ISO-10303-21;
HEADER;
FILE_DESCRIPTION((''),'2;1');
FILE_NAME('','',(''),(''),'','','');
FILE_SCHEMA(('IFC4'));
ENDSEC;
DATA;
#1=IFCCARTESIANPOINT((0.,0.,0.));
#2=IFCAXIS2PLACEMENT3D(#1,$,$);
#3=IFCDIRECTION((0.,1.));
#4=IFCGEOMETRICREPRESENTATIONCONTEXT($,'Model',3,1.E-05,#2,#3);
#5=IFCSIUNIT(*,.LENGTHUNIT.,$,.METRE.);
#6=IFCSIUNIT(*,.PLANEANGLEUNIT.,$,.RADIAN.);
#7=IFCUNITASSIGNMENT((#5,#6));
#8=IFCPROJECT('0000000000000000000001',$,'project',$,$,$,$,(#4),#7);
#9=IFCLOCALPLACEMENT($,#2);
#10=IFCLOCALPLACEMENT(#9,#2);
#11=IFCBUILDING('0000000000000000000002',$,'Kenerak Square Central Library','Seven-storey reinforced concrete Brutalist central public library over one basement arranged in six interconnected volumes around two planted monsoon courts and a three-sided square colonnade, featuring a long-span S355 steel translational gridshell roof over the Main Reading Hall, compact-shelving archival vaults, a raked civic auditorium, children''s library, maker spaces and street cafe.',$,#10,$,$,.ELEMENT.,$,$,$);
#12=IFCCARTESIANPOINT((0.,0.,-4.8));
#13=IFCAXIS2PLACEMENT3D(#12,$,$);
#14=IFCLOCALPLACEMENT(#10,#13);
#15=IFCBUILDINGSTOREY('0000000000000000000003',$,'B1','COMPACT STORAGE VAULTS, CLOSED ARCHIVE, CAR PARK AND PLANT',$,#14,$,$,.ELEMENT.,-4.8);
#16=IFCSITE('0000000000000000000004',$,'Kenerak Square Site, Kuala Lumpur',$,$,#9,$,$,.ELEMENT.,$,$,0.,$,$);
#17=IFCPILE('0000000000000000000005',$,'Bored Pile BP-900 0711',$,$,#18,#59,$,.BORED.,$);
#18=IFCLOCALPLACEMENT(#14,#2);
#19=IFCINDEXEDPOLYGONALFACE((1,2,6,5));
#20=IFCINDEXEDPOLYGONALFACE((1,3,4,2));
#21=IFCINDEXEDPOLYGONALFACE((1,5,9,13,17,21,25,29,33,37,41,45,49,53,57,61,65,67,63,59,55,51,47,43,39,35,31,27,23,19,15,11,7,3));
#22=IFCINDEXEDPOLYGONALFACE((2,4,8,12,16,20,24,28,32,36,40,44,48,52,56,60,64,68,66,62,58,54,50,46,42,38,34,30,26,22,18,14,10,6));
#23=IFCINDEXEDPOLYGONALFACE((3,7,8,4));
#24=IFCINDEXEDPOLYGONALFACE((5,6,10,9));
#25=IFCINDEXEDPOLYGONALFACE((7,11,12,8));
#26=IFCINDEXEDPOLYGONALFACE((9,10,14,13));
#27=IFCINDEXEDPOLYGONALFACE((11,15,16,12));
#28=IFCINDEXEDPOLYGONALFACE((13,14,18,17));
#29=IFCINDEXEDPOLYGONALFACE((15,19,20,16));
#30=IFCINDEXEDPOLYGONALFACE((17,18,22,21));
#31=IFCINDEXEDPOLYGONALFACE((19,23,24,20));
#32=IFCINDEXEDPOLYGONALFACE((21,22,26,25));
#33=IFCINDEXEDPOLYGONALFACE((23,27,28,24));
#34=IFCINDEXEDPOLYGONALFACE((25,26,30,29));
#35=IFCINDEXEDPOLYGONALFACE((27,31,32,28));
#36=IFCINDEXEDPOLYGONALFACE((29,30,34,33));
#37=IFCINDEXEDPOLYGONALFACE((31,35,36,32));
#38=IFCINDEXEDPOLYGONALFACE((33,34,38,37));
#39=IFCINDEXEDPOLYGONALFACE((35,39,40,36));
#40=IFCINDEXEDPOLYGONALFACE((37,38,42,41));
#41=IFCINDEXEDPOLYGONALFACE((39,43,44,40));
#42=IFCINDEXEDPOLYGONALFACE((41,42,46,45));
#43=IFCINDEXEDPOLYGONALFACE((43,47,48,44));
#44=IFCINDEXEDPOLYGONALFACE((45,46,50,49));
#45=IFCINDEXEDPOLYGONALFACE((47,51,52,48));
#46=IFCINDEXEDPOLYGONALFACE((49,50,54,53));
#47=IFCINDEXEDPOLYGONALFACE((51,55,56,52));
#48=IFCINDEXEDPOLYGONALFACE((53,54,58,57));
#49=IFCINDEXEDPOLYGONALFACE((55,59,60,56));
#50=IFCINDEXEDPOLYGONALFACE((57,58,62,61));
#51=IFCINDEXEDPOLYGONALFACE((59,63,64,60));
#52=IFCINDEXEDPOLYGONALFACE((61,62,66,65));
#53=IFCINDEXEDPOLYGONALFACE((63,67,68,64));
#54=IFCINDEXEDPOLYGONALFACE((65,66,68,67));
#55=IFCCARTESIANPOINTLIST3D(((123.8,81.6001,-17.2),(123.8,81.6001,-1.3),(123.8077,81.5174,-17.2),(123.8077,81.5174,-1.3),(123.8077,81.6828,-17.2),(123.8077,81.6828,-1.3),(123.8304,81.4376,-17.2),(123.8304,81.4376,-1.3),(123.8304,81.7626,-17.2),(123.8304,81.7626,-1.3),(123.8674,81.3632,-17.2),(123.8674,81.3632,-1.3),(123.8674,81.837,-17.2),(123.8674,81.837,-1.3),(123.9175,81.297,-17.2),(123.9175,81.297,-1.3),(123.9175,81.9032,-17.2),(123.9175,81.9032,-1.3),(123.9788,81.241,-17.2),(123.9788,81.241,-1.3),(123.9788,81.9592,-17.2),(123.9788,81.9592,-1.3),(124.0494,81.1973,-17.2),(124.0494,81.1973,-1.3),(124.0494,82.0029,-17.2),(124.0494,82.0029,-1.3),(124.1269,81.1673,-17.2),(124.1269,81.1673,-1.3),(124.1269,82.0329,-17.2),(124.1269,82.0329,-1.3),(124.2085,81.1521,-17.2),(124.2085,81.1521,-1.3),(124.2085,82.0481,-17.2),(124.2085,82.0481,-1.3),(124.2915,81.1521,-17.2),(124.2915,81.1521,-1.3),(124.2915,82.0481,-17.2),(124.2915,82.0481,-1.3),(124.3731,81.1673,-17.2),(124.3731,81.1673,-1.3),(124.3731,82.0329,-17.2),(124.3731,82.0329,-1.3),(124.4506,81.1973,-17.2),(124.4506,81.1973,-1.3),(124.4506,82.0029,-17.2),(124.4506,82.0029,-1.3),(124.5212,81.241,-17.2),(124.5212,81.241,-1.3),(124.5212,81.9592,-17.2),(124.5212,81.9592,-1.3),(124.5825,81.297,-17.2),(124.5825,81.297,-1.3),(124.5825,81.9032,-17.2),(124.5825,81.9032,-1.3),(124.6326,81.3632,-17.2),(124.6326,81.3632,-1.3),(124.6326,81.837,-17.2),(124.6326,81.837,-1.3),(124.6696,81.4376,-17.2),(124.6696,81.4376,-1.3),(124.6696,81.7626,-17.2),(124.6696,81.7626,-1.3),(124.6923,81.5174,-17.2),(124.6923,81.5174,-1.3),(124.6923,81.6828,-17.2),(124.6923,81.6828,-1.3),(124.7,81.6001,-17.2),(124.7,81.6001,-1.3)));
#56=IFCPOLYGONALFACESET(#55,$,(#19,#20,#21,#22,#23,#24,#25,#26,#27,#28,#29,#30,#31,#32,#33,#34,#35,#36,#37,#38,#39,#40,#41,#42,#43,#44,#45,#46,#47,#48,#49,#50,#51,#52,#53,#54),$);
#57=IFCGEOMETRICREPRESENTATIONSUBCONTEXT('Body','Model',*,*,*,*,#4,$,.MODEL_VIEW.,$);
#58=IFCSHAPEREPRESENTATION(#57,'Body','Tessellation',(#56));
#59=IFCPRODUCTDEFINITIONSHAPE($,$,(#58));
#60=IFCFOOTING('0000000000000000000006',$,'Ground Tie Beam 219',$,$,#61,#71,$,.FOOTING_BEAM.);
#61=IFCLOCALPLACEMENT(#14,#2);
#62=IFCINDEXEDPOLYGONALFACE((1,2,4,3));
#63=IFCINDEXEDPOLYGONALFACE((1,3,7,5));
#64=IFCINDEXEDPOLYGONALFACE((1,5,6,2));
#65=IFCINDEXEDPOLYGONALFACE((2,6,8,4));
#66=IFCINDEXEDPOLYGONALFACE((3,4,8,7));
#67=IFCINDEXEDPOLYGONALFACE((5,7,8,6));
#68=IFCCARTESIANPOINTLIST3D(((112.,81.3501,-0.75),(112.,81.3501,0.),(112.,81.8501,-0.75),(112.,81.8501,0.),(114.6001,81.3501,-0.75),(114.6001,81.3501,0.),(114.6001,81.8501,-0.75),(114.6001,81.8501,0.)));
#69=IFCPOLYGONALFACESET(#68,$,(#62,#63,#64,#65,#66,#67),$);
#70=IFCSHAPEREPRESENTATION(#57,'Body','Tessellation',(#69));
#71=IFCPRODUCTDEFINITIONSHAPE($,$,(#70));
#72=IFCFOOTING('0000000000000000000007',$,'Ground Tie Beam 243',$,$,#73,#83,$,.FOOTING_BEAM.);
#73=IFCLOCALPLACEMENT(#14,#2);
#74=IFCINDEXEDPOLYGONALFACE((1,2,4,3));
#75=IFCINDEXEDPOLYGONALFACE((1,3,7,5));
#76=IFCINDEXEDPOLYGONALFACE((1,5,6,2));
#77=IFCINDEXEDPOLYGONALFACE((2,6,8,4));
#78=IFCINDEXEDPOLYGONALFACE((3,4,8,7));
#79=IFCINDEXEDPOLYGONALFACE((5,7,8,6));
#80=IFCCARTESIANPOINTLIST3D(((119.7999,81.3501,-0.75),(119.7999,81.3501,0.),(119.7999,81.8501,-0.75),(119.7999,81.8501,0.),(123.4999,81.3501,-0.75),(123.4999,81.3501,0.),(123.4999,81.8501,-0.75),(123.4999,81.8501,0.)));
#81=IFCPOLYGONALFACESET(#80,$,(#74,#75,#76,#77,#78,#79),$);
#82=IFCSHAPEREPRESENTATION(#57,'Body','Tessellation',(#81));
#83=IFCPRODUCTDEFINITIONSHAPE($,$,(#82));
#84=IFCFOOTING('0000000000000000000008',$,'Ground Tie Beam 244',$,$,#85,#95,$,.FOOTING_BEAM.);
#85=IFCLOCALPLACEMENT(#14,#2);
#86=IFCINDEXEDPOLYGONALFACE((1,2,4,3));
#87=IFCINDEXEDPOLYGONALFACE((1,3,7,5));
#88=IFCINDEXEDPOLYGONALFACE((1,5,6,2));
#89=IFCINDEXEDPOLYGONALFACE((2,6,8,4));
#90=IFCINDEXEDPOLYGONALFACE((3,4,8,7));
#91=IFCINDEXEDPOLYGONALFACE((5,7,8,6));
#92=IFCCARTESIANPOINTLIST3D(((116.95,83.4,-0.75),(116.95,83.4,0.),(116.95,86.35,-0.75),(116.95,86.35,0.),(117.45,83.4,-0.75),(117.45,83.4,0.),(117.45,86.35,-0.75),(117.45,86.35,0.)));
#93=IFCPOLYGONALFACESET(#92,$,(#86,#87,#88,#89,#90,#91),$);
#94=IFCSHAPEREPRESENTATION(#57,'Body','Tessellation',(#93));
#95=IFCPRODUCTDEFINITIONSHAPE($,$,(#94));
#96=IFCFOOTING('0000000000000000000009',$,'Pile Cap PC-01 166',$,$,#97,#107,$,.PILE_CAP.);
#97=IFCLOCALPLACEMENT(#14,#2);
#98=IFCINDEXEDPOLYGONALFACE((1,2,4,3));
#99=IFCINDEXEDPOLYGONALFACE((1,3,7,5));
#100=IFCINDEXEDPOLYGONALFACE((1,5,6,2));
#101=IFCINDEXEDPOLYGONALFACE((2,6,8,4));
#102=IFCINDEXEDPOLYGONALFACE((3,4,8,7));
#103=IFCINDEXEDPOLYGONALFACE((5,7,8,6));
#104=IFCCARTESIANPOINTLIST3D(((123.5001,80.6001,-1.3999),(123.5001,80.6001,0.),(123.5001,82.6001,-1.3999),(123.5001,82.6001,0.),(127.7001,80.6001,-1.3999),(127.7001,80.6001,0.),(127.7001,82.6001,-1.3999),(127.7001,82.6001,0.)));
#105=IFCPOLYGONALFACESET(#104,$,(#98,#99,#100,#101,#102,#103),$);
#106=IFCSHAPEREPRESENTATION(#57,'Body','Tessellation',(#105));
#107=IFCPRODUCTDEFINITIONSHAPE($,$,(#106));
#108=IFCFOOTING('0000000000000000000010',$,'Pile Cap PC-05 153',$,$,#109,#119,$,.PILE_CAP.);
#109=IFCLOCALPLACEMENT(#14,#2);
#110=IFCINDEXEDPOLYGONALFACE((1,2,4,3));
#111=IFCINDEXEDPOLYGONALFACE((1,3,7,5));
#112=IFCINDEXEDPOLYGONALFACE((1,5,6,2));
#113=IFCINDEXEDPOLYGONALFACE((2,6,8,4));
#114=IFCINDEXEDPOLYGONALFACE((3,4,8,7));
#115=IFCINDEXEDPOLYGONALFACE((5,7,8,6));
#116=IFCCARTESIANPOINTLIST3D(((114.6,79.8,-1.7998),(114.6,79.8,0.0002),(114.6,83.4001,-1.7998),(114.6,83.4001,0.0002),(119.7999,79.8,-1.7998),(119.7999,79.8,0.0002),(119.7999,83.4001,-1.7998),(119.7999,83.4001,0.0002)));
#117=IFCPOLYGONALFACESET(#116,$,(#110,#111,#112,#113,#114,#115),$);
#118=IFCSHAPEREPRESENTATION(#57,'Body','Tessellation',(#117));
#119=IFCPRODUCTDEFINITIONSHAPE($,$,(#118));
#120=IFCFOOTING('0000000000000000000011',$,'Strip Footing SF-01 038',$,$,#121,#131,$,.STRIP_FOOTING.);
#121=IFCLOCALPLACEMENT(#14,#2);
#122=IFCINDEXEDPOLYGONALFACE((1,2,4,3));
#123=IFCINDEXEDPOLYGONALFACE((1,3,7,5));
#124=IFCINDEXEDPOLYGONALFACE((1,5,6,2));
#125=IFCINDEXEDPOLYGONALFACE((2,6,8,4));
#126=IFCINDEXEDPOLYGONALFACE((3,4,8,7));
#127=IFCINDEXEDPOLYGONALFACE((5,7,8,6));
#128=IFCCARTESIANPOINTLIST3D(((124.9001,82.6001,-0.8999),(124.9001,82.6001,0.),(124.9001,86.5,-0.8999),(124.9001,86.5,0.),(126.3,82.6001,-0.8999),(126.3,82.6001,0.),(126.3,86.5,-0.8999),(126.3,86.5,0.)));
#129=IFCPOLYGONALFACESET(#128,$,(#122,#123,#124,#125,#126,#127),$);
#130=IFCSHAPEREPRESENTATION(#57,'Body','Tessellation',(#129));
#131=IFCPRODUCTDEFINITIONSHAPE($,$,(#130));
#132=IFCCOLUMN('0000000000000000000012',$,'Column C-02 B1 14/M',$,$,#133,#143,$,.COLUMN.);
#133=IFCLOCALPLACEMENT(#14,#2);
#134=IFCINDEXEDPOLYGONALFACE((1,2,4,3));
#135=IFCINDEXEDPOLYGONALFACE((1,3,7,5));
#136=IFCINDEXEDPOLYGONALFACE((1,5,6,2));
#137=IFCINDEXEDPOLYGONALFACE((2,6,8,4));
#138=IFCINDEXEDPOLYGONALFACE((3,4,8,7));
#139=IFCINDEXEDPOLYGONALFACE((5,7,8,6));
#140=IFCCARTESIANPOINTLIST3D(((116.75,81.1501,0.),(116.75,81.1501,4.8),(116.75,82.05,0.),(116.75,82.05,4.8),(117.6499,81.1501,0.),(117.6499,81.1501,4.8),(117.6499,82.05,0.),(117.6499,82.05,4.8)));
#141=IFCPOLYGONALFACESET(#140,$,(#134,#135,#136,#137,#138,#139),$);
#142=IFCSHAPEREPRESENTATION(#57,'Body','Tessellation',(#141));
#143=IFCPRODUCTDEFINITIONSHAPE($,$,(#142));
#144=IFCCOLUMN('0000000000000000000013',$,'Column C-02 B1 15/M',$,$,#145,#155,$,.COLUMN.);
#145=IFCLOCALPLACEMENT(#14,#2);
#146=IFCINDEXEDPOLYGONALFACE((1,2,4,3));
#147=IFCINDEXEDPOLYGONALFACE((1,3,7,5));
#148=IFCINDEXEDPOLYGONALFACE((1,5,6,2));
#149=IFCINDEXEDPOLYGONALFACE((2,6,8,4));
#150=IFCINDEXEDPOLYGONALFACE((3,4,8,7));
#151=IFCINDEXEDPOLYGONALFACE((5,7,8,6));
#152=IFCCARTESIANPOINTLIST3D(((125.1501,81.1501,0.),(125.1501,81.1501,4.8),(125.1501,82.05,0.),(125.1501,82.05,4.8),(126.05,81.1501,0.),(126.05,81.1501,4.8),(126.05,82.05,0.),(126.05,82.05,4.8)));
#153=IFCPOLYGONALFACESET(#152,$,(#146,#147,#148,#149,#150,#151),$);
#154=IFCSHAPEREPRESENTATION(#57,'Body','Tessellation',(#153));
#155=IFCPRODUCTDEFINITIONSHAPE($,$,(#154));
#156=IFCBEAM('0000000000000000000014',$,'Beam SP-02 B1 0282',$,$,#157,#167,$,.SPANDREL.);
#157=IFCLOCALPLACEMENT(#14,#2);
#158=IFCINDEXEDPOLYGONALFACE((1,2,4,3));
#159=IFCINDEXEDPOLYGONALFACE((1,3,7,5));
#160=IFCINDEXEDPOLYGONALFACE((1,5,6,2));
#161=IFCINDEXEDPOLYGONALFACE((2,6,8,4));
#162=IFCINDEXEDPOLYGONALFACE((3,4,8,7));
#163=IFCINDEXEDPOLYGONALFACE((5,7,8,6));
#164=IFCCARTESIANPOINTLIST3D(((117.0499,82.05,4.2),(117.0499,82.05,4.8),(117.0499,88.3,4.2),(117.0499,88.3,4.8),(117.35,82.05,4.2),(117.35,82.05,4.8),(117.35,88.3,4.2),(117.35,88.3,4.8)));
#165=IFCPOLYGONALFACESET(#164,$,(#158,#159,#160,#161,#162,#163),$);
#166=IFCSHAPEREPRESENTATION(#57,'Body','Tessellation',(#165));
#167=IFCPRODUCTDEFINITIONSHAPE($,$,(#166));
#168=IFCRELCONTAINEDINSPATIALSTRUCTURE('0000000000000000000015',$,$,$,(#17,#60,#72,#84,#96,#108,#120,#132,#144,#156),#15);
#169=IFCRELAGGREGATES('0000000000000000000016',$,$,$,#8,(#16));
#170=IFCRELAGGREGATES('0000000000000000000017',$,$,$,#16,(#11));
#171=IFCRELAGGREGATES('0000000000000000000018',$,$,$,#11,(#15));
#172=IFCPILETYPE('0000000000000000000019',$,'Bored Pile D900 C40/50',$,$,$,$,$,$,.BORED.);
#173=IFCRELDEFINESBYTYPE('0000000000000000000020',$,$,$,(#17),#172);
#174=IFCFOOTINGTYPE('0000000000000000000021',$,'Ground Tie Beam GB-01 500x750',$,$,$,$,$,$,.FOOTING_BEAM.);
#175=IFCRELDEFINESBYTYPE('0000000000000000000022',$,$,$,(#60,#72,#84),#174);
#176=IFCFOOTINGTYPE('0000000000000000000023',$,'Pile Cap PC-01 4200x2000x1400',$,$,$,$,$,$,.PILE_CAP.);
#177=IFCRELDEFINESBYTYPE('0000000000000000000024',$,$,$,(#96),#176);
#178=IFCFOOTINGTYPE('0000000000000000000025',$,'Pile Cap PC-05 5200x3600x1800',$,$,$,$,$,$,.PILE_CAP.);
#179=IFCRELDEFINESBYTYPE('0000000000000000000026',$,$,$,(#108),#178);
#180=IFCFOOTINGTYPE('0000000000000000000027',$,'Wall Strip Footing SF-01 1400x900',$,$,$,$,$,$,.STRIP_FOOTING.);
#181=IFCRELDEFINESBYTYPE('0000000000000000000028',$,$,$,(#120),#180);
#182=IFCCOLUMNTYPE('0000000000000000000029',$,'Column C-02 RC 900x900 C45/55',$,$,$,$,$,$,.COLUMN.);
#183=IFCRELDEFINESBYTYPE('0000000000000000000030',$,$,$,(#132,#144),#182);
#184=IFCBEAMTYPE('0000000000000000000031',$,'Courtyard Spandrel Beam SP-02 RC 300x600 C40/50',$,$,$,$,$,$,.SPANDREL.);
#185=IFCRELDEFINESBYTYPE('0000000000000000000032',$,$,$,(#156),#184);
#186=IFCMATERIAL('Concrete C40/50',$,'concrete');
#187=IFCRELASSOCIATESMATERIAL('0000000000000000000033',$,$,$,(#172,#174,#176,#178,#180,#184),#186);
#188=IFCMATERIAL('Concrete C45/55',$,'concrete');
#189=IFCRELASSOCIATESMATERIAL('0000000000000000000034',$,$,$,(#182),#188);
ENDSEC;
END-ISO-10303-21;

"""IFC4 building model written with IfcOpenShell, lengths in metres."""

from ifc_helpers import new_model, si_unit, direction, frame, origin, origin_2d, place, context, subcontext, project, spatial, rectangle, circle, extrude, material, material_profile, profile_set, type_object, element, save


model = new_model("IFC4")

# Units and contexts
model_context = context("Model", 3, precision=1e-05, world=origin(), true_north=direction((0.0, 1.0)))
body_context = subcontext(model_context, "Body", "Model", "MODEL_VIEW")
ifc_project = project(units=[si_unit("LENGTHUNIT", "METRE"), si_unit("PLANEANGLEUNIT", "RADIAN")], contexts=[model_context])

# Site, building, storey
site_placement = place(None, origin())
site = spatial("IfcSite", under=ifc_project, at=site_placement, Name="Kenerak Square Site, Kuala Lumpur", CompositionType="ELEMENT", RefElevation=0.0)
building_placement = place(site_placement, origin())
building = spatial("IfcBuilding", under=site, at=building_placement, Name="Kenerak Square Central Library", Description="Seven-storey reinforced concrete Brutalist central public library over one basement arranged in six interconnected volumes around two planted monsoon courts and a three-sided square colonnade, featuring a long-span S355 steel translational gridshell roof over the Main Reading Hall, compact-shelving archival vaults, a raked civic auditorium, children's library, maker spaces and street cafe.", CompositionType="ELEMENT")
storey_placement = place(building_placement, frame((0.0, 0.0, -4.8)))
storey = spatial("IfcBuildingStorey", under=building, at=storey_placement, Name="B1", Description="COMPACT STORAGE VAULTS, CLOSED ARCHIVE, CAR PARK AND PLANT", CompositionType="ELEMENT", Elevation=-4.8)

# Pile
ifc_material_1 = material(Name="Concrete C40/50", Category="concrete")
ifc_material_profile_1 = material_profile(ifc_material_1, circle(Radius=0.45, at=origin_2d()), Name="BP D900")
ifc_profile_set_1 = profile_set([ifc_material_profile_1], Name="Concrete C40/50")
pile_type_1 = type_object("IfcPileType", Name="Bored Pile D900 C40/50", PredefinedType="BORED", material=ifc_profile_set_1)
pile_1_placement = place(storey_placement, frame((124.25, 81.6001, -1.3), z_axis=(0.0, 0.0, -1.0), x_axis=(1.0, 0.0, 0.0)))
element("IfcPile", 1, at=pile_1_placement, inside=storey, type_object=pile_type_1, Name="Bored Pile BP-900 0711", PredefinedType="BORED", context=body_context, shape_type="SweptSolid", body=[
    extrude(circle(Radius=0.45, at=origin_2d()), origin(), (0.0, 0.0, 1.0), 15.8999),
])

# Footings
footing_type_1 = type_object("IfcFootingType", Name="Ground Tie Beam GB-01 500x750", PredefinedType="FOOTING_BEAM", material=ifc_material_1)
footing_1_placement = place(storey_placement, frame((113.3, 81.6001, -0.75), z_axis=(0.0, 0.0, 1.0), x_axis=(1.0, 0.0, 0.0)))
element("IfcFooting", 2, at=footing_1_placement, inside=storey, type_object=footing_type_1, Name="Ground Tie Beam 219", PredefinedType="FOOTING_BEAM", context=body_context, shape_type="SweptSolid", body=[
    extrude(rectangle(XDim=2.6001, YDim=0.5, at=origin_2d()), origin(), (0.0, 0.0, 1.0), 0.75),
])
footing_2_placement = place(storey_placement, frame((121.6499, 81.6001, -0.75), z_axis=(0.0, 0.0, 1.0), x_axis=(1.0, 0.0, 0.0)))
element("IfcFooting", 3, at=footing_2_placement, inside=storey, type_object=footing_type_1, Name="Ground Tie Beam 243", PredefinedType="FOOTING_BEAM", context=body_context, shape_type="SweptSolid", body=[
    extrude(rectangle(XDim=3.7, YDim=0.5, at=origin_2d()), origin(), (0.0, 0.0, 1.0), 0.75),
])
footing_3_placement = place(storey_placement, frame((117.2, 84.875, -0.75), z_axis=(0.0, 0.0, 1.0), x_axis=(1.0, 0.0, 0.0)))
element("IfcFooting", 4, at=footing_3_placement, inside=storey, type_object=footing_type_1, Name="Ground Tie Beam 244", PredefinedType="FOOTING_BEAM", context=body_context, shape_type="SweptSolid", body=[
    extrude(rectangle(XDim=0.5, YDim=2.95, at=origin_2d()), origin(), (0.0, 0.0, 1.0), 0.75),
])
footing_type_2 = type_object("IfcFootingType", Name="Pile Cap PC-01 4200x2000x1400", PredefinedType="PILE_CAP", material=ifc_material_1)
footing_4_placement = place(storey_placement, frame((125.6001, 81.6001, -1.3999), z_axis=(0.0, 0.0, 1.0), x_axis=(1.0, 0.0, 0.0)))
element("IfcFooting", 5, at=footing_4_placement, inside=storey, type_object=footing_type_2, Name="Pile Cap PC-01 166", PredefinedType="PILE_CAP", context=body_context, shape_type="SweptSolid", body=[
    extrude(rectangle(XDim=4.2, YDim=2.0, at=origin_2d()), origin(), (0.0, 0.0, 1.0), 1.3999),
])
footing_type_3 = type_object("IfcFootingType", Name="Pile Cap PC-05 5200x3600x1800", PredefinedType="PILE_CAP", material=ifc_material_1)
footing_5_placement = place(storey_placement, frame((117.2, 81.6001, -1.7998), z_axis=(0.0, 0.0, 1.0), x_axis=(1.0, 0.0, 0.0)))
element("IfcFooting", 6, at=footing_5_placement, inside=storey, type_object=footing_type_3, Name="Pile Cap PC-05 153", PredefinedType="PILE_CAP", context=body_context, shape_type="SweptSolid", body=[
    extrude(rectangle(XDim=5.2, YDim=3.6001, at=origin_2d()), origin(), (0.0, 0.0, 1.0), 1.8),
])
footing_type_4 = type_object("IfcFootingType", Name="Wall Strip Footing SF-01 1400x900", PredefinedType="STRIP_FOOTING", material=ifc_material_1)
footing_6_placement = place(storey_placement, frame((125.6001, 84.55, -0.8999), z_axis=(0.0, 0.0, 1.0), x_axis=(1.0, 0.0, 0.0)))
element("IfcFooting", 7, at=footing_6_placement, inside=storey, type_object=footing_type_4, Name="Strip Footing SF-01 038", PredefinedType="STRIP_FOOTING", context=body_context, shape_type="SweptSolid", body=[
    extrude(rectangle(XDim=1.3999, YDim=3.8999, at=origin_2d()), origin(), (0.0, 0.0, 1.0), 0.8999),
])

# Columns
ifc_material_2 = material(Name="Concrete C45/55", Category="concrete")
ifc_material_profile_2 = material_profile(ifc_material_2, rectangle(XDim=0.8999, YDim=0.8999, at=origin_2d()), Name="RC 900x900")
ifc_profile_set_2 = profile_set([ifc_material_profile_2], Name="Concrete C45/55")
column_type = type_object("IfcColumnType", Name="Column C-02 RC 900x900 C45/55", PredefinedType="COLUMN", material=ifc_profile_set_2)
for number, where, z_axis, x_axis, name in (
    (8, (117.2, 81.6001, 0.0), (0.0, 0.0, 1.0), (1.0, 0.0, 0.0), "Column C-02 B1 14/M"),
    (9, (125.6001, 81.6001, 0.0), (0.0, 0.0, 1.0), (1.0, 0.0, 0.0), "Column C-02 B1 15/M"),
):
    element("IfcColumn", number, at=place(storey_placement, frame(where, z_axis=z_axis, x_axis=x_axis)), inside=storey, type_object=column_type, Name=name, PredefinedType="COLUMN", context=body_context, shape_type="SweptSolid", body=[
        extrude(rectangle(XDim=0.8999, YDim=0.8999, at=origin_2d()), origin(), (0.0, 0.0, 1.0), 4.8),
    ])

# Beam
ifc_material_profile_3 = material_profile(ifc_material_1, rectangle(XDim=0.3, YDim=0.6001, at=origin_2d()), Name="RC 300x600")
ifc_profile_set_3 = profile_set([ifc_material_profile_3], Name="Concrete C40/50")
beam_type = type_object("IfcBeamType", Name="Courtyard Spandrel Beam SP-02 RC 300x600 C40/50", PredefinedType="SPANDREL", material=ifc_profile_set_3)
beam_placement = place(storey_placement, frame((117.2, 82.05, 4.5), z_axis=(0.0, 1.0, 0.0), x_axis=(-1.0, 0.0, 0.0)))
element("IfcBeam", 10, at=beam_placement, inside=storey, type_object=beam_type, Name="Beam SP-02 B1 0282", PredefinedType="SPANDREL", context=body_context, shape_type="SweptSolid", body=[
    extrude(rectangle(XDim=0.3, YDim=0.6001, at=origin_2d()), origin(), (0.0, 0.0, 1.0), 6.25),
])

save(model, "model.ifc")
